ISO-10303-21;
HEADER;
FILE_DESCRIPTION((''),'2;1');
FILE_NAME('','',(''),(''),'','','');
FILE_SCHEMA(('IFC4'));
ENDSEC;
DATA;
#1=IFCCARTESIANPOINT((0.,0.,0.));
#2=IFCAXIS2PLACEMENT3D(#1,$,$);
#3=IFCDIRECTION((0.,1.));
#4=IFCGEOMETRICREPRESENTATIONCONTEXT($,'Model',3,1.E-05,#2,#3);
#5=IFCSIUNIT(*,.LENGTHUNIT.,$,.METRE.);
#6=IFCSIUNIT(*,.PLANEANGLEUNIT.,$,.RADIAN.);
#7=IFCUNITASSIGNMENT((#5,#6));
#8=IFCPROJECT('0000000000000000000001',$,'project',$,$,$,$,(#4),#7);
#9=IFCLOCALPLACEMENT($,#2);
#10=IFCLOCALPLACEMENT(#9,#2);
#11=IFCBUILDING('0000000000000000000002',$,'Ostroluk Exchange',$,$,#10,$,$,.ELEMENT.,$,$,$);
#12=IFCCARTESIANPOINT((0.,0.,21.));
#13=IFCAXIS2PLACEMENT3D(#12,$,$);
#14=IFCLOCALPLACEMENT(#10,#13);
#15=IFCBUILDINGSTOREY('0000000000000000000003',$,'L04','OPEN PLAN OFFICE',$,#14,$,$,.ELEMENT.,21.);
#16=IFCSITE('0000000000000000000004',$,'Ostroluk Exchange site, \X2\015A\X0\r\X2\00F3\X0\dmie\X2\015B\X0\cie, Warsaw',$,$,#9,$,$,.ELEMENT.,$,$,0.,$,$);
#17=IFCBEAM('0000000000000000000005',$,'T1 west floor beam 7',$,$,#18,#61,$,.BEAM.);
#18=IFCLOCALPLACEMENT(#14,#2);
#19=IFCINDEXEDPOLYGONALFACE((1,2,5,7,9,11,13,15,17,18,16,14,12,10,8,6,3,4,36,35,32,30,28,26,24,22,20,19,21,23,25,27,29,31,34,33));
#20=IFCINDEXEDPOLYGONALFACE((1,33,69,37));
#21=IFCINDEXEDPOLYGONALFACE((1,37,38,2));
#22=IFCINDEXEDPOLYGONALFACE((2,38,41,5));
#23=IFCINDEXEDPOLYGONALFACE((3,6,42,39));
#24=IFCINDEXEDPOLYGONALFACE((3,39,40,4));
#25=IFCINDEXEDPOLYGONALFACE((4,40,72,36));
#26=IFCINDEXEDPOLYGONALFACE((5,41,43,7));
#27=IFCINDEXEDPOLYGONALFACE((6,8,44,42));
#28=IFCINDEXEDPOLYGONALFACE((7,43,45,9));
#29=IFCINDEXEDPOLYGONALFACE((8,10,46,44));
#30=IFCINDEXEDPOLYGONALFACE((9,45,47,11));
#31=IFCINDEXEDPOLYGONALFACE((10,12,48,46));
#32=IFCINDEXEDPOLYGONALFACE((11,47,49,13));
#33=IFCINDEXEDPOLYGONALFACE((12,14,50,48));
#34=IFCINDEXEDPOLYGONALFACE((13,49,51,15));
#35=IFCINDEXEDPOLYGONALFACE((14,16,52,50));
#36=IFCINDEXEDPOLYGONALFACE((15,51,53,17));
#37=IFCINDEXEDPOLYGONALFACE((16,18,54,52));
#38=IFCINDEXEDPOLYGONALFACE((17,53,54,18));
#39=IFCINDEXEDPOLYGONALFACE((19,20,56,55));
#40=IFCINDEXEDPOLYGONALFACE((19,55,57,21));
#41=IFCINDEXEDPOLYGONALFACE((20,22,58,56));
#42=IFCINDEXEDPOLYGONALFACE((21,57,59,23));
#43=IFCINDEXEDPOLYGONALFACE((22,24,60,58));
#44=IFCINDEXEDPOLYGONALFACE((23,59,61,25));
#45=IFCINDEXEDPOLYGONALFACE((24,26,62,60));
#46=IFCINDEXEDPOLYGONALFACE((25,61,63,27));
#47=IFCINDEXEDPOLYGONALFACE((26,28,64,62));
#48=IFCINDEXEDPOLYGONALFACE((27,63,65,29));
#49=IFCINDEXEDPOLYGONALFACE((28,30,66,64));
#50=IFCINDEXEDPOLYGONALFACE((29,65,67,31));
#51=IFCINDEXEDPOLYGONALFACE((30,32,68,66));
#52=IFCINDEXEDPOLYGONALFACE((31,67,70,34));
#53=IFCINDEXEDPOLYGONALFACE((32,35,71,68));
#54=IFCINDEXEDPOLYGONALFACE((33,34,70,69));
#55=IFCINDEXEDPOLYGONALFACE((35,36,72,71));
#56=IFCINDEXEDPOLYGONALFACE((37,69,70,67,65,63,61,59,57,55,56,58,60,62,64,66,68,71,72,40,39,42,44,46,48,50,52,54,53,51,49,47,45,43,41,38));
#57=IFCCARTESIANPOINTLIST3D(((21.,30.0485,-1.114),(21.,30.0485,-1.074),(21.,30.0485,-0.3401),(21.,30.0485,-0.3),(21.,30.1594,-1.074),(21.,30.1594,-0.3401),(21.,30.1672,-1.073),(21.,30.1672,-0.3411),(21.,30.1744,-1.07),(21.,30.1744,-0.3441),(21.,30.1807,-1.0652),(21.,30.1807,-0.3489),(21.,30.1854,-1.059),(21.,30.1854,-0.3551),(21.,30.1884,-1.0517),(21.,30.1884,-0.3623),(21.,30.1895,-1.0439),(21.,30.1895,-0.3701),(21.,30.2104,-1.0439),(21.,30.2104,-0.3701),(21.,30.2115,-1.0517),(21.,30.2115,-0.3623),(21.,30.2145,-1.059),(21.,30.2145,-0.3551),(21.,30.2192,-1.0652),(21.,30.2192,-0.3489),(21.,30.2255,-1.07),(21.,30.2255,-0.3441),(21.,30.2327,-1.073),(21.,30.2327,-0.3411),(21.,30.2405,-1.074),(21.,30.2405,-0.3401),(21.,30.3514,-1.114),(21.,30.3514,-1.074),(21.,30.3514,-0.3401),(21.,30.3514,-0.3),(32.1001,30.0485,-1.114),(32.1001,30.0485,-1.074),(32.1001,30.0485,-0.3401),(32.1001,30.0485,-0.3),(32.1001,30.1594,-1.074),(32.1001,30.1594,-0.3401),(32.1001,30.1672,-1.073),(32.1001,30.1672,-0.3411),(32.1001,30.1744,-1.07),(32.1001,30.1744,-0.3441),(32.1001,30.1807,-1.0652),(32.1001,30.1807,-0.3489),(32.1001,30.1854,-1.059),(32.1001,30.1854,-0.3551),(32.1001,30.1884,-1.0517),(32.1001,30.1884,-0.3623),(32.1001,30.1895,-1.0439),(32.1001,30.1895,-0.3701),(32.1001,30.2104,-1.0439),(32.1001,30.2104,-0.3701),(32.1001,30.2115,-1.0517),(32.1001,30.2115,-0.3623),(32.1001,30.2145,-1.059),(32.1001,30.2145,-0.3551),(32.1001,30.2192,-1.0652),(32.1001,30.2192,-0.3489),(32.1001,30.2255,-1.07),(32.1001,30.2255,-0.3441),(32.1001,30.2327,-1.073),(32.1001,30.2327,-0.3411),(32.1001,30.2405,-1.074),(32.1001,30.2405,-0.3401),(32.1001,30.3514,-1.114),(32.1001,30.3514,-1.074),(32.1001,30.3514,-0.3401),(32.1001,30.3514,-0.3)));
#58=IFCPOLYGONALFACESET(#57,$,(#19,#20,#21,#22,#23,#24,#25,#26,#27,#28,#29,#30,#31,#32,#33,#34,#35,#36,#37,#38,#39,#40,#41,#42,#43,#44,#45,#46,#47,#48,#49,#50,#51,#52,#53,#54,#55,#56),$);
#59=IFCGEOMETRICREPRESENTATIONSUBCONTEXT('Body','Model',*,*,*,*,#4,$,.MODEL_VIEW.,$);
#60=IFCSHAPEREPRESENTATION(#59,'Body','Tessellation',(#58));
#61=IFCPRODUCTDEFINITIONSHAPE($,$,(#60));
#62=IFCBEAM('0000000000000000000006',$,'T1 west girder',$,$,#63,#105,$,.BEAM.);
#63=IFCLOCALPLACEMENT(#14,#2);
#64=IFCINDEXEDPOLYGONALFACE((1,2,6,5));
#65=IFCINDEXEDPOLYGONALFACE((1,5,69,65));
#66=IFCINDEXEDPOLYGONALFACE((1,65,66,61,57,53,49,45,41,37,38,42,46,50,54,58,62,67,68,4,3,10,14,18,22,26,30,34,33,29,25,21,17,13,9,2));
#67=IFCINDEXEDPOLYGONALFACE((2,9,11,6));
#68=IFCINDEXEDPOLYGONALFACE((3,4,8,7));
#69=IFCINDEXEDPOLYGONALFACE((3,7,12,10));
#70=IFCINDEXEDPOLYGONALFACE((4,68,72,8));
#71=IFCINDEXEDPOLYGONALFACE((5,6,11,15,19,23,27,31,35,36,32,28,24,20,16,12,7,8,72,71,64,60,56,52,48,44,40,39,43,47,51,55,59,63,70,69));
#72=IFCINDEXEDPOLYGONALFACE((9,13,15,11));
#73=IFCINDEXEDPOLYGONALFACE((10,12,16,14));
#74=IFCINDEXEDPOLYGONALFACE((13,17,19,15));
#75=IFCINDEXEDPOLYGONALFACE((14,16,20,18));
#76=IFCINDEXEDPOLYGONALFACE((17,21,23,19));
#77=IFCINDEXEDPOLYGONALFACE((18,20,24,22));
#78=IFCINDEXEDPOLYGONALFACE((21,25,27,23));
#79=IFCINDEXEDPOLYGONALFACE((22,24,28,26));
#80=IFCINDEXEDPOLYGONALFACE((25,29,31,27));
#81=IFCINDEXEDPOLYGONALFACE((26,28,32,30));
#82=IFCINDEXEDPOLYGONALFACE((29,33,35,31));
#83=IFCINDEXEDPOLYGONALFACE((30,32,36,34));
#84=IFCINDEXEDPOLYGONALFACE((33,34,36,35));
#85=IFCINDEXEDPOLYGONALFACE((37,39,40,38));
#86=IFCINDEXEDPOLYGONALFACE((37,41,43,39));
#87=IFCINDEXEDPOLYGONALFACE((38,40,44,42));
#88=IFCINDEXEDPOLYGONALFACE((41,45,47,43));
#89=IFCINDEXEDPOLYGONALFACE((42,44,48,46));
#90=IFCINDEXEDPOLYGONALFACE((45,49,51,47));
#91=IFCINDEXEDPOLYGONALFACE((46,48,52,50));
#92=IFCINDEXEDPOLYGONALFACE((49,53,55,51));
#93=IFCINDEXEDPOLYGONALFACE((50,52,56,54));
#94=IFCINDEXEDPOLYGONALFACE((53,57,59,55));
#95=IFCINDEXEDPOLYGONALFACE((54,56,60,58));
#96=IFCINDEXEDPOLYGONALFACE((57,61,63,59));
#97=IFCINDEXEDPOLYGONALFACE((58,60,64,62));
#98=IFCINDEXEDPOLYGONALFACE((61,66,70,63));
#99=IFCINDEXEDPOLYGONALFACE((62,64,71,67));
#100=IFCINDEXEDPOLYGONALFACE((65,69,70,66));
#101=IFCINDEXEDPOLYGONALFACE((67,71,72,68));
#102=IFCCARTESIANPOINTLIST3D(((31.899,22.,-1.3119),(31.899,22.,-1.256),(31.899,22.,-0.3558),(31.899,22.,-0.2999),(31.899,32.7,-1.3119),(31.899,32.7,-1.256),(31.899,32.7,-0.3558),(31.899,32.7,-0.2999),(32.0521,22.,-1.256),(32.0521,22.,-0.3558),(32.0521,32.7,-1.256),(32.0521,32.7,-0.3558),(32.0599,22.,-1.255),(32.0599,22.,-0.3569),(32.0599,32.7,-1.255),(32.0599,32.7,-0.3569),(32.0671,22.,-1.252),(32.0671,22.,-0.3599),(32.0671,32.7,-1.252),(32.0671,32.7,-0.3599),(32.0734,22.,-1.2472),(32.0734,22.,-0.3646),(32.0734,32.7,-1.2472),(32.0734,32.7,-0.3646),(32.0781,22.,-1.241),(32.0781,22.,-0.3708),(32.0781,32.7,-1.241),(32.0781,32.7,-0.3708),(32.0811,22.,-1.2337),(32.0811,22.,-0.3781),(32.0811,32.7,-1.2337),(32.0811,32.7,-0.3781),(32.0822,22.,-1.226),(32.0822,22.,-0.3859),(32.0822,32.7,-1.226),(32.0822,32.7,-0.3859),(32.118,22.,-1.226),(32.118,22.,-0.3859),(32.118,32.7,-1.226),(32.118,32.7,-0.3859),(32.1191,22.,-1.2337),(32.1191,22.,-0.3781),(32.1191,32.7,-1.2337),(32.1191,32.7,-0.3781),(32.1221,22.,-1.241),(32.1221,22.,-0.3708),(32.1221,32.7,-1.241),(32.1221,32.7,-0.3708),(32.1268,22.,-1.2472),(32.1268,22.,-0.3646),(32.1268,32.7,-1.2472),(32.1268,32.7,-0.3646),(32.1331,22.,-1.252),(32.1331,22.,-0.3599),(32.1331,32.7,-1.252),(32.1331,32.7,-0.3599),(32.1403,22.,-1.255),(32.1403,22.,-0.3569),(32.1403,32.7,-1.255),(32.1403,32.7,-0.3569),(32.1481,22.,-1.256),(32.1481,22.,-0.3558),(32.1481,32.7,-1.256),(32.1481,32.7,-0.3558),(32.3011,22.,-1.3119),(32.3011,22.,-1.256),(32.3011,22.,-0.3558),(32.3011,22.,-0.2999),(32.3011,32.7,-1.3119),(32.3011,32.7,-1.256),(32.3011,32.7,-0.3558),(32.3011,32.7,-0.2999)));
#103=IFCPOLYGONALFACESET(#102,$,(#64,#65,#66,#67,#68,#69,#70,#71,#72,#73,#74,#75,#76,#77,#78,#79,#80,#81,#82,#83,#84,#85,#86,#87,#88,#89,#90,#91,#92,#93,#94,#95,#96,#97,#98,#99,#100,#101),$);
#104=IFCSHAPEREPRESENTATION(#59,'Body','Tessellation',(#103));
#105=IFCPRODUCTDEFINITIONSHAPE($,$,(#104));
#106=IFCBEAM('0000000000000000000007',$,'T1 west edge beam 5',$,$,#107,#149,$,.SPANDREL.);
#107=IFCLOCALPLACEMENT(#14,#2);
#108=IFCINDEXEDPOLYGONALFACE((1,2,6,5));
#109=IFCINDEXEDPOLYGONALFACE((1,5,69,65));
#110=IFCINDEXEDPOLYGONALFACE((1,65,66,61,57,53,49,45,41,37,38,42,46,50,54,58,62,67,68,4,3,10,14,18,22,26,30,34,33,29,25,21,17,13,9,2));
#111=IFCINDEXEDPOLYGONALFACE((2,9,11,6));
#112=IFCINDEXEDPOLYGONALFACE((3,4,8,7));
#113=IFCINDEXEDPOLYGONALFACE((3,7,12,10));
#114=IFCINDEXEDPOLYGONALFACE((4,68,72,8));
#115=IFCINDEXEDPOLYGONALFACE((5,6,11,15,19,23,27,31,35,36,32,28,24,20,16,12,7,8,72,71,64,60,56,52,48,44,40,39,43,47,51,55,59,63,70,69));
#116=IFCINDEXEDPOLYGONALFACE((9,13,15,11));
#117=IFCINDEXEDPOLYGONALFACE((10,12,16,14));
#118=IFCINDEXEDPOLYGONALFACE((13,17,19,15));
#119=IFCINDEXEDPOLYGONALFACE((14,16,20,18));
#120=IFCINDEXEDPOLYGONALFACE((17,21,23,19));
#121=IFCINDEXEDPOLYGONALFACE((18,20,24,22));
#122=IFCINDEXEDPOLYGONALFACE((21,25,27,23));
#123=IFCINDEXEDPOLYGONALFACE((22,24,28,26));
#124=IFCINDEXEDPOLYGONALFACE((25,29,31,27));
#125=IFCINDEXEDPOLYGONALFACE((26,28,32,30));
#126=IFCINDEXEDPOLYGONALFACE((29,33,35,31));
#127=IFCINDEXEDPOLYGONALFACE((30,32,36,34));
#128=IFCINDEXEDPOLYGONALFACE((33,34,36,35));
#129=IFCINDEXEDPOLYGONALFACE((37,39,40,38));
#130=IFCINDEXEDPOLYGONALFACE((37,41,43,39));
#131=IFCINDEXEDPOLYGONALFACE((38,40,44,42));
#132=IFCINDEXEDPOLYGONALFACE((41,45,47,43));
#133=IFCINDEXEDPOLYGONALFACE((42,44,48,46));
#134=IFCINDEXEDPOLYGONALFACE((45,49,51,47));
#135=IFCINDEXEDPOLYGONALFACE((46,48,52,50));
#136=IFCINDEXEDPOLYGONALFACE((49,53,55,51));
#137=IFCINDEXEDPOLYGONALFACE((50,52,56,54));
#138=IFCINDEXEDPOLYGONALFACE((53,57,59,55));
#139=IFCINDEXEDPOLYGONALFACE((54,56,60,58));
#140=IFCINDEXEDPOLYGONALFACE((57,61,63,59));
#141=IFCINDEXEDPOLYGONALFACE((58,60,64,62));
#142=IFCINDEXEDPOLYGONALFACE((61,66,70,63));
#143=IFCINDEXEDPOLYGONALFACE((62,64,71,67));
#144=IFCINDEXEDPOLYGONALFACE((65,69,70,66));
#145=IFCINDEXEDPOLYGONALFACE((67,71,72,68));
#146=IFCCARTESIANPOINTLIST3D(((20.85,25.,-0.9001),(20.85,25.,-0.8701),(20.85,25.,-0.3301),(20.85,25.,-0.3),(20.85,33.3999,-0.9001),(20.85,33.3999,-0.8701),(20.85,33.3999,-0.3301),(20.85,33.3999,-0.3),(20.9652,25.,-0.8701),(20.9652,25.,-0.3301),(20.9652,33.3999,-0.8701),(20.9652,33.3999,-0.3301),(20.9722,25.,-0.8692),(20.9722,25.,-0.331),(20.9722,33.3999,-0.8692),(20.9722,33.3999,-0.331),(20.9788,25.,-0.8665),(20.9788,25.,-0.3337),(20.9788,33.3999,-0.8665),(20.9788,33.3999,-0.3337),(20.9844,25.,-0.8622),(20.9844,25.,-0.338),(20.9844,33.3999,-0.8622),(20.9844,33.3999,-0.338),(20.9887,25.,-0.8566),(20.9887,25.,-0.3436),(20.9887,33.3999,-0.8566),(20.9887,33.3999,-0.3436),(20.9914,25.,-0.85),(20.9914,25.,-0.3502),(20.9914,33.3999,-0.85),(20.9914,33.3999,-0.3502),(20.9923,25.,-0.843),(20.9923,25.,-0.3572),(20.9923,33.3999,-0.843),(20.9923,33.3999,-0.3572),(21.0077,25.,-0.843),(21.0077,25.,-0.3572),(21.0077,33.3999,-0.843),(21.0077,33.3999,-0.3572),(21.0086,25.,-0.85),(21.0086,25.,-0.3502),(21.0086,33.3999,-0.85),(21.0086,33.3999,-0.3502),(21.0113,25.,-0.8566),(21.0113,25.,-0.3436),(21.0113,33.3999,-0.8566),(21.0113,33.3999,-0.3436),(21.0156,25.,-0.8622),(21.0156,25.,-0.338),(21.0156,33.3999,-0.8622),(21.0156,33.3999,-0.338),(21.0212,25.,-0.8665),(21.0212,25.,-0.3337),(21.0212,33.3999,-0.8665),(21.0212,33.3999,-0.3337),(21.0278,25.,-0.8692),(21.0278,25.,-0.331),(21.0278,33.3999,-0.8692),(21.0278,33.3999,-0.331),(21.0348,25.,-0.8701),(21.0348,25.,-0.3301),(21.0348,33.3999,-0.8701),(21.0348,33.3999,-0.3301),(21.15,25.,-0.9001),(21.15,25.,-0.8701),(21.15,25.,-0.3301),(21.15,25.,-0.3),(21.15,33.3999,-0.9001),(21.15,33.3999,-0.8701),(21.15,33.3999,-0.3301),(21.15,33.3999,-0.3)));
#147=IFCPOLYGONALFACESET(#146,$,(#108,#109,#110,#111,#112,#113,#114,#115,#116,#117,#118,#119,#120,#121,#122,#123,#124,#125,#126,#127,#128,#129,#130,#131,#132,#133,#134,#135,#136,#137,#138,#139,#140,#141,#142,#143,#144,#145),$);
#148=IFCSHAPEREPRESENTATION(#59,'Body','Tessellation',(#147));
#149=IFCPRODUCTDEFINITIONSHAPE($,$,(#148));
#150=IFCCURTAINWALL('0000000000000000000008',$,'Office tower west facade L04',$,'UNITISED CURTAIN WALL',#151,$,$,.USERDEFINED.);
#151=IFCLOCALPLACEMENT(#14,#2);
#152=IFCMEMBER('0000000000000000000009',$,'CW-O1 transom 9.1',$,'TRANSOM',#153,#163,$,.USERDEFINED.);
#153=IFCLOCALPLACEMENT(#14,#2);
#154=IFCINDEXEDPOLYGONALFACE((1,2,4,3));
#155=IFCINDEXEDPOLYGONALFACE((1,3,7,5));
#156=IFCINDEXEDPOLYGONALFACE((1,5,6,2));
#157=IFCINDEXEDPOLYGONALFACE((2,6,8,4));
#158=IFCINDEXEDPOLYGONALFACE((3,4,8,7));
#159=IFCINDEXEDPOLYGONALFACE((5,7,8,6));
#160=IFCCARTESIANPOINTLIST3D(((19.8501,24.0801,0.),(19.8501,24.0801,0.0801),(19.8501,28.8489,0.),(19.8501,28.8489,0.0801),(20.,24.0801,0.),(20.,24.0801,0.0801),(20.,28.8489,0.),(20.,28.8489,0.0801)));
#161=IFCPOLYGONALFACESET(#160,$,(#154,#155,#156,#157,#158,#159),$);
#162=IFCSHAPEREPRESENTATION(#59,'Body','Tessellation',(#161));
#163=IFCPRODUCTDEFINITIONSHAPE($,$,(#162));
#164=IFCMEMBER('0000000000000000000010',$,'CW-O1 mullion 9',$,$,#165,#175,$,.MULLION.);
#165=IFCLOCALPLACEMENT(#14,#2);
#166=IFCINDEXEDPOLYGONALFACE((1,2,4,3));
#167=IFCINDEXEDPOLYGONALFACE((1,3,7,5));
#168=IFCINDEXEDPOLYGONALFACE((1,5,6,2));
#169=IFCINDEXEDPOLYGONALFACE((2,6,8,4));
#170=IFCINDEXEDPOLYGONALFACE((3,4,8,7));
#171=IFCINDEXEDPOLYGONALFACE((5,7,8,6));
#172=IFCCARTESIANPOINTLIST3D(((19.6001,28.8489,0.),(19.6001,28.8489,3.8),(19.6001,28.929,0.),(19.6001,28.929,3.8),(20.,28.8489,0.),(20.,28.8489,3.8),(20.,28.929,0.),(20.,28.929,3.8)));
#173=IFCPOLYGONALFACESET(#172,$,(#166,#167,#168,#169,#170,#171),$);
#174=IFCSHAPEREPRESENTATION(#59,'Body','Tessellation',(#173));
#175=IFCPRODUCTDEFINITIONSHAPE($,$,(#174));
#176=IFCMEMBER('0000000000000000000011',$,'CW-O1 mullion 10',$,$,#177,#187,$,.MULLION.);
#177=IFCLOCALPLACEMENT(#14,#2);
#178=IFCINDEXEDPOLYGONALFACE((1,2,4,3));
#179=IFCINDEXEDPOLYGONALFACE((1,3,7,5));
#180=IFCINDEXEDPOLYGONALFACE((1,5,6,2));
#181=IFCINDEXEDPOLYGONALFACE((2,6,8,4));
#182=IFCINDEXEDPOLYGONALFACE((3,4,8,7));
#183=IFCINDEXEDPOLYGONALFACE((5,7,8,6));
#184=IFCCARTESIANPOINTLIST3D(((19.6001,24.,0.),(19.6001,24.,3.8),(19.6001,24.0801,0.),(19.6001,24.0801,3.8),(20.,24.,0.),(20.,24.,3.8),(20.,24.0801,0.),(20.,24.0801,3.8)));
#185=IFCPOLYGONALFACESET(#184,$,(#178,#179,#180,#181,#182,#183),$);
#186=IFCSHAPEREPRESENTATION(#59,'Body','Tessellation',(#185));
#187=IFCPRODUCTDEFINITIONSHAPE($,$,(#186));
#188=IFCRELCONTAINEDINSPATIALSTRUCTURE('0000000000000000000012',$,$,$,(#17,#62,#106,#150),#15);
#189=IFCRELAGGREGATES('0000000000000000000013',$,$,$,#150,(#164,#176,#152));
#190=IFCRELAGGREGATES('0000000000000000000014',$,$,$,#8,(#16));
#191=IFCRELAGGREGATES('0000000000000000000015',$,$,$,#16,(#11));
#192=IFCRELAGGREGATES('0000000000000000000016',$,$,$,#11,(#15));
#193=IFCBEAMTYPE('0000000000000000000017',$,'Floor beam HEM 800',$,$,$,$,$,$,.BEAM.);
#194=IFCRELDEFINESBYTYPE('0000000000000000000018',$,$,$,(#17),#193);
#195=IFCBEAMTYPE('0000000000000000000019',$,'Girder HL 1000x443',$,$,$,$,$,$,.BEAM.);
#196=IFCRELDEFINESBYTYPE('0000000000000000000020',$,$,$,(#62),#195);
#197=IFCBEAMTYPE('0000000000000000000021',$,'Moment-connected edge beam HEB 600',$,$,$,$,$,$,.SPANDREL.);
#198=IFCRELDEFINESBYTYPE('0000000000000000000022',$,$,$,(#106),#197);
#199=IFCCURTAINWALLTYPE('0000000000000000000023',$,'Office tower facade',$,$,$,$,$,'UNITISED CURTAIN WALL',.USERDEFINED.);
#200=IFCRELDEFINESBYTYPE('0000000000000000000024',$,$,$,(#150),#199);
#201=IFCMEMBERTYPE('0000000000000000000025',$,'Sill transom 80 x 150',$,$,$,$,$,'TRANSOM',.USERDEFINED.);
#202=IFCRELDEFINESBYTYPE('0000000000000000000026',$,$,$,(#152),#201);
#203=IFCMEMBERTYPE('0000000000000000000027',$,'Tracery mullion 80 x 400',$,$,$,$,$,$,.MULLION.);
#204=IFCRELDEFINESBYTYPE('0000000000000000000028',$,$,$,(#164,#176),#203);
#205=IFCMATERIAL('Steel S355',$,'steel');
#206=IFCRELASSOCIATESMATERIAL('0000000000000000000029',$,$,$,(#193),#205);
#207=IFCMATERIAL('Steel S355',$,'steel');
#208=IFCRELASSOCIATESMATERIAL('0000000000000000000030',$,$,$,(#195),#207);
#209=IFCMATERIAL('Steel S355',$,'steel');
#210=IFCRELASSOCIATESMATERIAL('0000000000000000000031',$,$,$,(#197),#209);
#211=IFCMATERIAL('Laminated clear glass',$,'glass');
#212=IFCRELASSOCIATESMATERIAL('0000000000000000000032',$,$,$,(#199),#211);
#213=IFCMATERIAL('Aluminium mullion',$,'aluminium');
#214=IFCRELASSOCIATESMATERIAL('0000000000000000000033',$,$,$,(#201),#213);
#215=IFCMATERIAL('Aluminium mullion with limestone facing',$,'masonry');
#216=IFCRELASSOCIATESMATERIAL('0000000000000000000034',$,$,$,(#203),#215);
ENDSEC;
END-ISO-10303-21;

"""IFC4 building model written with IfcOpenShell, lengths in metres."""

from ifc_helpers import new_model, si_unit, direction, frame, origin, origin_2d, place, context, subcontext, project, spatial, rectangle, i_section, extrude, material, material_profile, profile_set, type_object, element, aggregate, save


model = new_model("IFC4")

# Units and contexts
model_context = context("Model", 3, precision=1e-05, world=origin(), true_north=direction((0.0, 1.0)))
body_context = subcontext(model_context, "Body", "Model", "MODEL_VIEW")
ifc_project = project(units=[si_unit("LENGTHUNIT", "METRE"), si_unit("PLANEANGLEUNIT", "RADIAN")], contexts=[model_context])

# Site, building, storey
site_placement = place(None, origin())
site = spatial("IfcSite", under=ifc_project, at=site_placement, Name="Ostroluk Exchange site, Śródmieście, Warsaw", CompositionType="ELEMENT", RefElevation=0.0)
building_placement = place(site_placement, origin())
building = spatial("IfcBuilding", under=site, at=building_placement, Name="Ostroluk Exchange", CompositionType="ELEMENT")
storey_placement = place(building_placement, frame((0.0, 0.0, 21.0)))
storey = spatial("IfcBuildingStorey", under=building, at=storey_placement, Name="L04", Description="OPEN PLAN OFFICE", CompositionType="ELEMENT", Elevation=21.0)

# Beams
ifc_material_1 = material(Name="Steel S355", Category="steel")
ifc_material_profile_1 = material_profile(ifc_material_1, i_section(OverallWidth=0.303, OverallDepth=0.814, WebThickness=0.021, FlangeThickness=0.04, FilletRadius=0.03, at=origin_2d()), Name="HEM 800")
ifc_profile_set_1 = profile_set([ifc_material_profile_1], Name="Steel S355")
beam_type_1 = type_object("IfcBeamType", Name="Floor beam HEM 800", PredefinedType="BEAM", material=ifc_profile_set_1)
beam_1_placement = place(storey_placement, frame((32.1001, 30.2, -0.707), z_axis=(-1.0, 0.0, 0.0), x_axis=(0.0, -1.0, 0.0)))
element("IfcBeam", 1, at=beam_1_placement, inside=storey, type_object=beam_type_1, Name="T1 west floor beam 7", PredefinedType="BEAM", context=body_context, shape_type="SweptSolid", body=[
    extrude(i_section(OverallWidth=0.303, OverallDepth=0.814, WebThickness=0.021, FlangeThickness=0.04, FilletRadius=0.03, at=origin_2d()), origin(), (0.0, 0.0, 1.0), 11.1001),
])
ifc_material_2 = material(Name="Steel S355", Category="steel")
ifc_material_profile_2 = material_profile(ifc_material_2, i_section(OverallWidth=0.4021, OverallDepth=1.012, WebThickness=0.0359, FlangeThickness=0.0559, FilletRadius=0.03, at=origin_2d()), Name="HL 1000x443")
ifc_profile_set_2 = profile_set([ifc_material_profile_2], Name="Steel S355")
beam_type_2 = type_object("IfcBeamType", Name="Girder HL 1000x443", PredefinedType="BEAM", material=ifc_profile_set_2)
beam_2_placement = place(storey_placement, frame((32.1001, 32.7, -0.8059), z_axis=(0.0, -1.0, 0.0), x_axis=(1.0, 0.0, 0.0)))
element("IfcBeam", 2, at=beam_2_placement, inside=storey, type_object=beam_type_2, Name="T1 west girder", PredefinedType="BEAM", context=body_context, shape_type="SweptSolid", body=[
    extrude(i_section(OverallWidth=0.4021, OverallDepth=1.012, WebThickness=0.0359, FlangeThickness=0.0559, FilletRadius=0.03, at=origin_2d()), origin(), (0.0, 0.0, 1.0), 10.7),
])
ifc_material_3 = material(Name="Steel S355", Category="steel")
ifc_material_profile_3 = material_profile(ifc_material_3, i_section(OverallWidth=0.3, OverallDepth=0.6001, WebThickness=0.0154, FlangeThickness=0.03, FilletRadius=0.0271, at=origin_2d()), Name="HEB 600")
ifc_profile_set_3 = profile_set([ifc_material_profile_3], Name="Steel S355")
beam_type_3 = type_object("IfcBeamType", Name="Moment-connected edge beam HEB 600", PredefinedType="SPANDREL", material=ifc_profile_set_3)
beam_3_placement = place(storey_placement, frame((21.0, 33.3999, -0.6001), z_axis=(0.0, -1.0, 0.0), x_axis=(1.0, 0.0, 0.0)))
element("IfcBeam", 3, at=beam_3_placement, inside=storey, type_object=beam_type_3, Name="T1 west edge beam 5", PredefinedType="SPANDREL", context=body_context, shape_type="SweptSolid", body=[
    extrude(i_section(OverallWidth=0.3, OverallDepth=0.6001, WebThickness=0.0154, FlangeThickness=0.03, FilletRadius=0.0271, at=origin_2d()), origin(), (0.0, 0.0, 1.0), 8.3999),
])

# Curtain wall, members
ifc_material_4 = material(Name="Laminated clear glass", Category="glass")
curtain_wall_type = type_object("IfcCurtainWallType", Name="Office tower facade", ElementType="UNITISED CURTAIN WALL", PredefinedType="USERDEFINED", material=ifc_material_4)
curtain_wall_placement = place(storey_placement, origin())
curtain_wall = element("IfcCurtainWall", 4, at=curtain_wall_placement, inside=storey, type_object=curtain_wall_type, Name="Office tower west facade L04", ObjectType="UNITISED CURTAIN WALL", PredefinedType="USERDEFINED")
ifc_material_5 = material(Name="Aluminium mullion", Category="aluminium")
ifc_material_profile_4 = material_profile(ifc_material_5, rectangle(XDim=0.1499, YDim=0.0801, at=origin_2d()), Name="Sill transom 80 x 150")
ifc_profile_set_4 = profile_set([ifc_material_profile_4], Name="Aluminium mullion")
member_type_1 = type_object("IfcMemberType", Name="Sill transom 80 x 150", ElementType="TRANSOM", PredefinedType="USERDEFINED", material=ifc_profile_set_4)
member_1_placement = place(storey_placement, frame((19.925, 28.8489, 0.04), z_axis=(0.0, -1.0, 0.0), x_axis=(1.0, 0.0, 0.0)))
member_1 = element("IfcMember", 5, at=member_1_placement, type_object=member_type_1, Name="CW-O1 transom 9.1", ObjectType="TRANSOM", PredefinedType="USERDEFINED", context=body_context, shape_type="SweptSolid", body=[
    extrude(rectangle(XDim=0.1499, YDim=0.0801, at=origin_2d()), origin(), (0.0, 0.0, 1.0), 4.7688),
])
ifc_material_6 = material(Name="Aluminium mullion with limestone facing", Category="masonry")
ifc_material_profile_5 = material_profile(ifc_material_6, rectangle(XDim=0.3999, YDim=0.0801, at=origin_2d()), Name="Tracery mullion 80 x 400")
ifc_profile_set_5 = profile_set([ifc_material_profile_5], Name="Aluminium mullion with limestone facing")
member_type_2 = type_object("IfcMemberType", Name="Tracery mullion 80 x 400", PredefinedType="MULLION", material=ifc_profile_set_5)
member_2_placement = place(storey_placement, frame((19.8, 28.8889, 0.0), z_axis=(0.0, 0.0, 1.0), x_axis=(1.0, 0.0, 0.0)))
member_2 = element("IfcMember", 6, at=member_2_placement, type_object=member_type_2, Name="CW-O1 mullion 9", PredefinedType="MULLION", context=body_context, shape_type="SweptSolid", body=[
    extrude(rectangle(XDim=0.3999, YDim=0.0801, at=origin_2d()), origin(), (0.0, 0.0, 1.0), 3.8),
])
member_3_placement = place(storey_placement, frame((19.8, 24.04, 0.0), z_axis=(0.0, 0.0, 1.0), x_axis=(1.0, 0.0, 0.0)))
member_3 = element("IfcMember", 7, at=member_3_placement, type_object=member_type_2, Name="CW-O1 mullion 10", PredefinedType="MULLION", context=body_context, shape_type="SweptSolid", body=[
    extrude(rectangle(XDim=0.3999, YDim=0.0801, at=origin_2d()), origin(), (0.0, 0.0, 1.0), 3.8),
])
aggregate(curtain_wall, [member_2, member_3, member_1])

save(model, "model.ifc")
